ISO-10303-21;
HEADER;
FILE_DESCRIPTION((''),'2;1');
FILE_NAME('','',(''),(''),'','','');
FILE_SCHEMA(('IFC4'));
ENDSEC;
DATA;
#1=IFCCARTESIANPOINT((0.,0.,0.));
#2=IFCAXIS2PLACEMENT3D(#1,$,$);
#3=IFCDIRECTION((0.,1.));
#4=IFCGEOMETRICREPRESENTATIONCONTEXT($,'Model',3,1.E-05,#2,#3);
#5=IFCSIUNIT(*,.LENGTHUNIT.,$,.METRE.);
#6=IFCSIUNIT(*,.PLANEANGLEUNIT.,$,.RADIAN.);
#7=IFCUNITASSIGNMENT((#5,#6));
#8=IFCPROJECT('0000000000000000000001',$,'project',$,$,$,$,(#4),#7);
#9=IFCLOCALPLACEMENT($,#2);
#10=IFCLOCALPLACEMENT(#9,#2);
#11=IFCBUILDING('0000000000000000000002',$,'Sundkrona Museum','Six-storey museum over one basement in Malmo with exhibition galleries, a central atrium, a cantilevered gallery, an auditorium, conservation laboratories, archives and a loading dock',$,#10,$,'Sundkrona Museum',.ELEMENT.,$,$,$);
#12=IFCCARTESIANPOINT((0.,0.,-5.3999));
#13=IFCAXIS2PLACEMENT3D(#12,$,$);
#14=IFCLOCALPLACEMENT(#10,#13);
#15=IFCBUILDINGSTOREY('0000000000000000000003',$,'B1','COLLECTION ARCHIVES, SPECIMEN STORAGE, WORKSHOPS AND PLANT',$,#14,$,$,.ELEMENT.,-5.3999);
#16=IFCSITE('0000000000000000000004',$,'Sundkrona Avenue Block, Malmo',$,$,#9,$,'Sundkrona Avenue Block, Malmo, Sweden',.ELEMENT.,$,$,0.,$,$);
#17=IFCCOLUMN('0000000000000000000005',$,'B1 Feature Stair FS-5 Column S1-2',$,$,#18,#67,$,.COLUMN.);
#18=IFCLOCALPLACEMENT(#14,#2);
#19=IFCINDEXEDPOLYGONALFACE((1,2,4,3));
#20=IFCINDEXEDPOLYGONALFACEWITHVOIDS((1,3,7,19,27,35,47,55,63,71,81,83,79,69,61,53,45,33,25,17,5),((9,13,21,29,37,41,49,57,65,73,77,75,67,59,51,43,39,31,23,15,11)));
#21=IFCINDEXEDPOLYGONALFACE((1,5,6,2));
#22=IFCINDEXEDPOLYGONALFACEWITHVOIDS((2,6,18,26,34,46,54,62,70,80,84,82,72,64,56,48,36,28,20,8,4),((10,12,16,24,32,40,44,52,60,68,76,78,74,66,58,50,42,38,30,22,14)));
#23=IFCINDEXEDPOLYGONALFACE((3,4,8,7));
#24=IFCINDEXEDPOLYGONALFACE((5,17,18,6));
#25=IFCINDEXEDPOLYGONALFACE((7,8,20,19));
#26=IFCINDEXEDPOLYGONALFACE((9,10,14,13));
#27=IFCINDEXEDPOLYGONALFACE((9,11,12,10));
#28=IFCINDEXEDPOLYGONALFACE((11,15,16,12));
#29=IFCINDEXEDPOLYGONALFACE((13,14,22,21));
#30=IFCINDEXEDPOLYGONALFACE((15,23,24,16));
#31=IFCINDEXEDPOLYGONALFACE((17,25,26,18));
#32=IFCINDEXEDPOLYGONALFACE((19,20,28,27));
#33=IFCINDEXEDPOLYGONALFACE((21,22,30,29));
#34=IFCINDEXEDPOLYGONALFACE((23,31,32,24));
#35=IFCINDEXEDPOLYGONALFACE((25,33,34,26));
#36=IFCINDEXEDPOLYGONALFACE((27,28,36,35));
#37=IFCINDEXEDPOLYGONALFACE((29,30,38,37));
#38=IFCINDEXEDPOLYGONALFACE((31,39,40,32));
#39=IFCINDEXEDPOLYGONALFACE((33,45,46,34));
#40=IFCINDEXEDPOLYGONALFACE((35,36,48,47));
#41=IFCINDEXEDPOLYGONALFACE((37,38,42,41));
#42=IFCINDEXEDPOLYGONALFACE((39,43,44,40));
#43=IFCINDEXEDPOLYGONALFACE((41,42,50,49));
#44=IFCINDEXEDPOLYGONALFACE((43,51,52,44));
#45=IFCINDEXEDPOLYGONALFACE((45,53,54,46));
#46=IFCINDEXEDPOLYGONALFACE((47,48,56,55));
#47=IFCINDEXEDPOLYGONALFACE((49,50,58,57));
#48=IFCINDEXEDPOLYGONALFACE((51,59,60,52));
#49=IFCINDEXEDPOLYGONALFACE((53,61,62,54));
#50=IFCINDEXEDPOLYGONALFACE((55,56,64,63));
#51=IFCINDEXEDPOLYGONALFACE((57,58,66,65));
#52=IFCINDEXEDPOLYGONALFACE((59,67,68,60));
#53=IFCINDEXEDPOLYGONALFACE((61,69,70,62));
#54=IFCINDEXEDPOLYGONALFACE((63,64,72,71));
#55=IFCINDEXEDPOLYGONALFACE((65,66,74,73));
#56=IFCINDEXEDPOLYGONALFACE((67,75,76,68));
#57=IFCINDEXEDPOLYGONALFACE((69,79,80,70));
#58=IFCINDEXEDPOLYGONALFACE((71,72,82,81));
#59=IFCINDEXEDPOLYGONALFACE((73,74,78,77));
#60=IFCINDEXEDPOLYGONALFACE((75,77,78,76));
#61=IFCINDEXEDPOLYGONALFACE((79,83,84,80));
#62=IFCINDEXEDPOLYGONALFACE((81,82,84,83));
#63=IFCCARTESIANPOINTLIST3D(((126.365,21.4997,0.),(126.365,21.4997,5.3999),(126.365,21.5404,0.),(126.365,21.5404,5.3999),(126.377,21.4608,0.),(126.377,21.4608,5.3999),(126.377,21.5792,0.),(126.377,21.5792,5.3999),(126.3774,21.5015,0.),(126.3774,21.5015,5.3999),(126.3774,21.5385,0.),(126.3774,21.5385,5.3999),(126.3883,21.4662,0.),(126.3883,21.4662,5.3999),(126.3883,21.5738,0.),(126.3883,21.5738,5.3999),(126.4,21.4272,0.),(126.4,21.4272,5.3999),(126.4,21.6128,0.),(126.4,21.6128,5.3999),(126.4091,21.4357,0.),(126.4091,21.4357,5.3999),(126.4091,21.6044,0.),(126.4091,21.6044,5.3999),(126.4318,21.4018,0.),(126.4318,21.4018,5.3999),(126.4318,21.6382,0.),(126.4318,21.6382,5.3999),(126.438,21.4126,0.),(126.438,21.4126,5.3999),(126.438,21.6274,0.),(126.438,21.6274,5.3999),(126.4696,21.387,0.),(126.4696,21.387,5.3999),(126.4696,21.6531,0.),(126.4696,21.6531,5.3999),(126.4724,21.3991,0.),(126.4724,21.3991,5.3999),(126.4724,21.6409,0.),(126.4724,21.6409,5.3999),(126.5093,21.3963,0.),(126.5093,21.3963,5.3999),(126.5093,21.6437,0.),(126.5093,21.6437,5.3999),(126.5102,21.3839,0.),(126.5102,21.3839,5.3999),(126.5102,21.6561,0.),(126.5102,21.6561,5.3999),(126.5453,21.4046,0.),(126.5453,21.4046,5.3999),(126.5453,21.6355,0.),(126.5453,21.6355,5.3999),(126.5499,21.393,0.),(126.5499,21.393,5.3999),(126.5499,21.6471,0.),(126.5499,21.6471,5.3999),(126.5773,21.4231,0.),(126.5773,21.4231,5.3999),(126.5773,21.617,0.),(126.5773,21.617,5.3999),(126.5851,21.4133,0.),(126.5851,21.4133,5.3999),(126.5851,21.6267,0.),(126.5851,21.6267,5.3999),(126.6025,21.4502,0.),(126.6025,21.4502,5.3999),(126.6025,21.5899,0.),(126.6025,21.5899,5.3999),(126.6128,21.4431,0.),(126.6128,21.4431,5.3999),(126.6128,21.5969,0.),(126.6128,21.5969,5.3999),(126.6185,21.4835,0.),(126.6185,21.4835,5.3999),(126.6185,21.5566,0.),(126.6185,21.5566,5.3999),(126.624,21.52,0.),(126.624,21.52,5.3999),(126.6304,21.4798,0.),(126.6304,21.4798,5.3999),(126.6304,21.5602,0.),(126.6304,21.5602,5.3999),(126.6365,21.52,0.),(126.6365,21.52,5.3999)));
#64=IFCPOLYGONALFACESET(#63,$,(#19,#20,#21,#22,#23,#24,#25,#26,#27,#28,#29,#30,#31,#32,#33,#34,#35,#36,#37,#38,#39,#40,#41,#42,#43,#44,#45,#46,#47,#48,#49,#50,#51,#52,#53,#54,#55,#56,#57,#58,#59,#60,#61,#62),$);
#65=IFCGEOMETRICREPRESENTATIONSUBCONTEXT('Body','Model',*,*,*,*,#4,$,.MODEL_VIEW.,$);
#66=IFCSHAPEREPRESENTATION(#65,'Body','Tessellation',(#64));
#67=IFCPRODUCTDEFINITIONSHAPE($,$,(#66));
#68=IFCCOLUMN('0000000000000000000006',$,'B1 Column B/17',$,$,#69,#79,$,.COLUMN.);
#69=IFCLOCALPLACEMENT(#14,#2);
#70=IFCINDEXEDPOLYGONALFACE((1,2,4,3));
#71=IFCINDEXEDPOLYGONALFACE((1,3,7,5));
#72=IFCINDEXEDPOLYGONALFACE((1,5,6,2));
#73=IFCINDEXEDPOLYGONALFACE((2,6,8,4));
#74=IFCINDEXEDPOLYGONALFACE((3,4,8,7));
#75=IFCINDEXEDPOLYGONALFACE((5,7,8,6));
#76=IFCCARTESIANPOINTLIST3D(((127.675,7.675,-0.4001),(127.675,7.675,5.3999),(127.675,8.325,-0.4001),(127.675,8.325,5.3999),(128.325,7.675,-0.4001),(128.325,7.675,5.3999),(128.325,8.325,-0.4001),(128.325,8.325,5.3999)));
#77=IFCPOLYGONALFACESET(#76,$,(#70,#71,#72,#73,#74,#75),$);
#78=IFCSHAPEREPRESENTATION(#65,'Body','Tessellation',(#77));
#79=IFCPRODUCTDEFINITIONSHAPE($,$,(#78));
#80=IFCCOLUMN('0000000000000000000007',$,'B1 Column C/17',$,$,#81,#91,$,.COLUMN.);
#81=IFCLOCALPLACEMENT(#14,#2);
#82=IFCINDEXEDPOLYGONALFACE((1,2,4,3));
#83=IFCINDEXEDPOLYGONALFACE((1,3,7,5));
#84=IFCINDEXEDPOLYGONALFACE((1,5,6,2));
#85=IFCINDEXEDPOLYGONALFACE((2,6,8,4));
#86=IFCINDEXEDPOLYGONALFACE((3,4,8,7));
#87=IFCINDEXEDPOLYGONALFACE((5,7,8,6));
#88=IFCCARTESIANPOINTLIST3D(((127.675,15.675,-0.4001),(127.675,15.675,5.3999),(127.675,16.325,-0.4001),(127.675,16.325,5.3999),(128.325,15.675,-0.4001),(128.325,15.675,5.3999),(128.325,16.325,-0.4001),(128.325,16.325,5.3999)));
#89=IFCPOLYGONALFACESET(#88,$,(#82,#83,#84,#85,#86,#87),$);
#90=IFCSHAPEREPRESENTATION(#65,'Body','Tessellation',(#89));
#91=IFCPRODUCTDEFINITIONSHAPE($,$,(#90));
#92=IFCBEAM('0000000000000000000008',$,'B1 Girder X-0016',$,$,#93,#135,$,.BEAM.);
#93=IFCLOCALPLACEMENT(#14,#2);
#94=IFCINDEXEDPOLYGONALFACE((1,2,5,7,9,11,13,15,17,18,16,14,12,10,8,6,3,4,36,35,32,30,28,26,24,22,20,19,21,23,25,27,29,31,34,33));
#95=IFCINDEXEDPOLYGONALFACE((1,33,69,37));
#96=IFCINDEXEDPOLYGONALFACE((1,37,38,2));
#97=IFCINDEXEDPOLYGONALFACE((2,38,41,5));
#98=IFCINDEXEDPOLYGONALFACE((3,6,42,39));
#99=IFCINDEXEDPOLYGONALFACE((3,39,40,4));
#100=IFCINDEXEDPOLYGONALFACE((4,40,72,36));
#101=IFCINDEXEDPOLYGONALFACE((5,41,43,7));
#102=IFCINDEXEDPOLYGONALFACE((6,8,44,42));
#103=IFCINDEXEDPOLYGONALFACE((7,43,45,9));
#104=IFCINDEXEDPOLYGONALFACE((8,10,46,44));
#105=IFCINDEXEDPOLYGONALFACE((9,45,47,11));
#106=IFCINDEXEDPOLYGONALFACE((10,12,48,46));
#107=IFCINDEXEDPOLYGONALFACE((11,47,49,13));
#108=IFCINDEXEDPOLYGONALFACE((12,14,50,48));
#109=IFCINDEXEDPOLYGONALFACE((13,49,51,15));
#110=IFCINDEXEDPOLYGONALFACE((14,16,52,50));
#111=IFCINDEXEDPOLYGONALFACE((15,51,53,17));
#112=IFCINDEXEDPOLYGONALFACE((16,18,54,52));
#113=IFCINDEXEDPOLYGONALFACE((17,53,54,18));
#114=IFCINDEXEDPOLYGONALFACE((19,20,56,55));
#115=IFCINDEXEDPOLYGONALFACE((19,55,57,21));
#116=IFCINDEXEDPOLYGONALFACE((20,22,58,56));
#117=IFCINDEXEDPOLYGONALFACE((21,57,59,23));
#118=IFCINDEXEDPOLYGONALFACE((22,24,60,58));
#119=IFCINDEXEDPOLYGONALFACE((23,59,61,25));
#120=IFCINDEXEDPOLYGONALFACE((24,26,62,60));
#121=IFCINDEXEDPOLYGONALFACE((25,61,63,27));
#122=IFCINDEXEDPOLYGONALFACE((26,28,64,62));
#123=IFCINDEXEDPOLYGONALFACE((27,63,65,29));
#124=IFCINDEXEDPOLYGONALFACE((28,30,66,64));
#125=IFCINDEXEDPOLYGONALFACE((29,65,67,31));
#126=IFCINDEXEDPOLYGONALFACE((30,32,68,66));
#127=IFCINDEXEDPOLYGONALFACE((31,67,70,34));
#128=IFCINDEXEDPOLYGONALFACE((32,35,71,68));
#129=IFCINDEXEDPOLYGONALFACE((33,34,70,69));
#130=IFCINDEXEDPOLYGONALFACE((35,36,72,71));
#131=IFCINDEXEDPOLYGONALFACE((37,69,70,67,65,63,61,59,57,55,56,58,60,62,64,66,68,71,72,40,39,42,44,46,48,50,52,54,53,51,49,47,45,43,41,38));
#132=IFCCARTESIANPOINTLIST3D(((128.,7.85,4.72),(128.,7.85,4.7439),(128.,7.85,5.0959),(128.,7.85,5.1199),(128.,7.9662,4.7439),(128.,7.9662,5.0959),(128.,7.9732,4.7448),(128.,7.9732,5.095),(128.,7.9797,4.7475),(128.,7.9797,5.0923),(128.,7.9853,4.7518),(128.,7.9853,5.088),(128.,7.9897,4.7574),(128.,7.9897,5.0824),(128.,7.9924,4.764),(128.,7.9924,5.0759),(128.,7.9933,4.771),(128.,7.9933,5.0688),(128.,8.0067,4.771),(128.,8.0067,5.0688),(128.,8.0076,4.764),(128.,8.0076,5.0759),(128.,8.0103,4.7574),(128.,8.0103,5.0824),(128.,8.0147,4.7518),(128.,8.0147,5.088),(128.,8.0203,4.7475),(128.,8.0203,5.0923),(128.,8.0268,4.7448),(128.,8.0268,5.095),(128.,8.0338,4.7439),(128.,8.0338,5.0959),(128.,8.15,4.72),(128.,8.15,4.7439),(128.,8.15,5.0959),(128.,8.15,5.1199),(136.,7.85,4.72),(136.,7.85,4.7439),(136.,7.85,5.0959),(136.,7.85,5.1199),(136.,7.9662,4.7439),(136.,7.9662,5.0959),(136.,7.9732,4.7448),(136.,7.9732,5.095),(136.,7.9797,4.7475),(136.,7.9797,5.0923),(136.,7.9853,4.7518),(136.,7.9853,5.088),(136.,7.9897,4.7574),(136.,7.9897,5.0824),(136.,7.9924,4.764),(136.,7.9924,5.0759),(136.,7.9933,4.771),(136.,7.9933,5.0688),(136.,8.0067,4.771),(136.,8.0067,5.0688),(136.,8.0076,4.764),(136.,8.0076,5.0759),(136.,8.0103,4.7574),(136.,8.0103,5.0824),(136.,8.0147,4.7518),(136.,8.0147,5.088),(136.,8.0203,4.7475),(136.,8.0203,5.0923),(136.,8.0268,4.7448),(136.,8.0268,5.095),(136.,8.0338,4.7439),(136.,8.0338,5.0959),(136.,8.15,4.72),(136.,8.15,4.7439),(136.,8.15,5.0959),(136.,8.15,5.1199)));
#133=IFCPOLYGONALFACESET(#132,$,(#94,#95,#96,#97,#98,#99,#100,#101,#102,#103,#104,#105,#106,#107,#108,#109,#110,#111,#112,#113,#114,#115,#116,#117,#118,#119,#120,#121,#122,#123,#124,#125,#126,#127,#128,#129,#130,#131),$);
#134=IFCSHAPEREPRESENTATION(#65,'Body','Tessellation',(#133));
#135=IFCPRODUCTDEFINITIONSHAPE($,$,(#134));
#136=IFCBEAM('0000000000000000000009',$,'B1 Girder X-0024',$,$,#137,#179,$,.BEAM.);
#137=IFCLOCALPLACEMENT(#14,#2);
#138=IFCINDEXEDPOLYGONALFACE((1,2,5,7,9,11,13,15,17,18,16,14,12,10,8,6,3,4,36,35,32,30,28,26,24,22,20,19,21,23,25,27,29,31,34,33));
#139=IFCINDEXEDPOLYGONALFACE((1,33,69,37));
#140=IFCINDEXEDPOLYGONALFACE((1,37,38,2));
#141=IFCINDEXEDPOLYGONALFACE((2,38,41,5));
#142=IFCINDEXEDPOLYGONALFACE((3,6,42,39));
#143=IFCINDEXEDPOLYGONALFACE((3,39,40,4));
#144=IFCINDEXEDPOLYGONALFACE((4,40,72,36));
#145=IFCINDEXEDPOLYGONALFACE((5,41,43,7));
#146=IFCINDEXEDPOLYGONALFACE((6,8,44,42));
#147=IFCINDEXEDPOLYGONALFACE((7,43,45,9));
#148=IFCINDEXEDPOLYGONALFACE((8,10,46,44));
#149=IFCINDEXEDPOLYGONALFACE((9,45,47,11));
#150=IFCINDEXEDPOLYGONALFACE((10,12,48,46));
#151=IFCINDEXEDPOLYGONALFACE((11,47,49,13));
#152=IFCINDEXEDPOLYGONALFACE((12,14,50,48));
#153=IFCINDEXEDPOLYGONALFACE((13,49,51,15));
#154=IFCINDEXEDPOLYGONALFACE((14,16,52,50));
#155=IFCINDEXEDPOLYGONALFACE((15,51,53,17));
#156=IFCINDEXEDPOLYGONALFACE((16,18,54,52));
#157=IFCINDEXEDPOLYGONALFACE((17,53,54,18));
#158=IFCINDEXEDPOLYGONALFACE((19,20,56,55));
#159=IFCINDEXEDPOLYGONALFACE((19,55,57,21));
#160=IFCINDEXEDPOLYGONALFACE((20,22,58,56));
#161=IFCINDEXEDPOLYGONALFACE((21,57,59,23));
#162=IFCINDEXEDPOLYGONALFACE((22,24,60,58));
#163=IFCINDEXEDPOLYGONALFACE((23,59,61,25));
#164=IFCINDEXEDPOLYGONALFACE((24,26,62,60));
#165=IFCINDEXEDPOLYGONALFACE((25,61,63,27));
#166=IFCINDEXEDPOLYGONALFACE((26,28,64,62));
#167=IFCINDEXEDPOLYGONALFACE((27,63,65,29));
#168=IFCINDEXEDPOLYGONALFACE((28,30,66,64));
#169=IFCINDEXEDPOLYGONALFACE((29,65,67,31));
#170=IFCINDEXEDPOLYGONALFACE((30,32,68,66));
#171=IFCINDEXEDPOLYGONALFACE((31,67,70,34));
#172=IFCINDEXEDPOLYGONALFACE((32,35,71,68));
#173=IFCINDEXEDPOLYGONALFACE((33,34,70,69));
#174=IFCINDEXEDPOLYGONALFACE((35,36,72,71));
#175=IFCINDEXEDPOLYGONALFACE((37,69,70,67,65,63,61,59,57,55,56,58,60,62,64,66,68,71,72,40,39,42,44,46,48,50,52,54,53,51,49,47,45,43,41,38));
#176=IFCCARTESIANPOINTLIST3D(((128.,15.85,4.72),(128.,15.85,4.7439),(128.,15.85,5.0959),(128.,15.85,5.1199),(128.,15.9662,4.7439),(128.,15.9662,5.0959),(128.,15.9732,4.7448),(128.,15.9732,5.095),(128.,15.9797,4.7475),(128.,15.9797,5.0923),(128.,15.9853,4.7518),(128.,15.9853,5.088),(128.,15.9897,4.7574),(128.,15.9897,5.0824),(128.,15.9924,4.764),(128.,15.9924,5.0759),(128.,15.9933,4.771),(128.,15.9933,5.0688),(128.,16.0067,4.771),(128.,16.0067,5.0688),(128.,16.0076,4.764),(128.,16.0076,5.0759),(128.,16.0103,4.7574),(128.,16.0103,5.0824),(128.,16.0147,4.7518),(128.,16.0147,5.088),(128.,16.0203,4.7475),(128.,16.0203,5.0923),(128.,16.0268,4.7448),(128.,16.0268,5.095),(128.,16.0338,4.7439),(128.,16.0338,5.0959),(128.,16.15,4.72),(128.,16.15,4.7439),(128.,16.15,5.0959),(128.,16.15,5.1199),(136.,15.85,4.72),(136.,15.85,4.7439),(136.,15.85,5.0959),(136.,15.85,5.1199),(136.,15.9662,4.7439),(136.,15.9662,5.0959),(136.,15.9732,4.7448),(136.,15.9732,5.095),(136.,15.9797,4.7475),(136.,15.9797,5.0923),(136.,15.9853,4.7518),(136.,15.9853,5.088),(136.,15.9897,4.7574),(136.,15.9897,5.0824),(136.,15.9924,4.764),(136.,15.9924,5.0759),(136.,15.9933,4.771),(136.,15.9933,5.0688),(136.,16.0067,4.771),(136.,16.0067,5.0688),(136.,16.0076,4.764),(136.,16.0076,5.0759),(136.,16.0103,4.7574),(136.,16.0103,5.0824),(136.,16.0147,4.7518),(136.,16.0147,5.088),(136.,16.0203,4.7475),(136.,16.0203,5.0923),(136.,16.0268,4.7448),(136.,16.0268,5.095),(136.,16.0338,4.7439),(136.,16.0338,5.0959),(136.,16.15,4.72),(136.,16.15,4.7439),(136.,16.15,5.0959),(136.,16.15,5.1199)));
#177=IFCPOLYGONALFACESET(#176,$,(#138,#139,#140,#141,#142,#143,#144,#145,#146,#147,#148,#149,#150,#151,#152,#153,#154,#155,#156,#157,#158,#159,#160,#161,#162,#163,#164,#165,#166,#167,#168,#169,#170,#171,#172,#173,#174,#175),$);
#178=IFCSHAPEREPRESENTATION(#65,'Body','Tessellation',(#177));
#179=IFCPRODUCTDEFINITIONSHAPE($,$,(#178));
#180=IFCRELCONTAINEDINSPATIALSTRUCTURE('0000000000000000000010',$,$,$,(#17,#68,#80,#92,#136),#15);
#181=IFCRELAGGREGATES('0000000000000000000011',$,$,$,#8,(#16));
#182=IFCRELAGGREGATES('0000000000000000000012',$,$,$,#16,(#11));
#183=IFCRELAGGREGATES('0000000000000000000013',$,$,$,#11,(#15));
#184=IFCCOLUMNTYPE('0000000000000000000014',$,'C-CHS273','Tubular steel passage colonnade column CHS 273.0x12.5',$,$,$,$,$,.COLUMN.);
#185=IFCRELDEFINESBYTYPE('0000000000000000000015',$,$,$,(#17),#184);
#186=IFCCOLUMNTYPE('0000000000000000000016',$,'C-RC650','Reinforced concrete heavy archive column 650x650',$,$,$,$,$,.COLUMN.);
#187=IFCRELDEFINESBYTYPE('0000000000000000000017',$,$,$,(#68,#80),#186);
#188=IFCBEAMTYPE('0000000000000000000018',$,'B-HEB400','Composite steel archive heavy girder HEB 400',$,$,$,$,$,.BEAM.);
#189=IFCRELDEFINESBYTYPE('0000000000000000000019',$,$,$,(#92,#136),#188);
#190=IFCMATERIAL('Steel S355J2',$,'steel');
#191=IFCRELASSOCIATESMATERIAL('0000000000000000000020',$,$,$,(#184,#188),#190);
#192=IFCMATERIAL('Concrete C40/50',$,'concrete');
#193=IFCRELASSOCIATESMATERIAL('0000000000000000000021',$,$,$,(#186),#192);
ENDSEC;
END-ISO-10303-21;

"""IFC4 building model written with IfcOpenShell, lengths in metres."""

from ifc_helpers import new_model, si_unit, direction, frame, origin, origin_2d, place, context, subcontext, project, spatial, rectangle, hollow_circle, i_section, extrude, material, material_profile, profile_set, type_object, element, save


model = new_model("IFC4")

# Units and contexts
model_context = context("Model", 3, precision=1e-05, world=origin(), true_north=direction((0.0, 1.0)))
body_context = subcontext(model_context, "Body", "Model", "MODEL_VIEW")
ifc_project = project(units=[si_unit("LENGTHUNIT", "METRE"), si_unit("PLANEANGLEUNIT", "RADIAN")], contexts=[model_context])

# Site, building, storey
site_placement = place(None, origin())
site = spatial("IfcSite", under=ifc_project, at=site_placement, Name="Sundkrona Avenue Block, Malmo", LongName="Sundkrona Avenue Block, Malmo, Sweden", CompositionType="ELEMENT", RefElevation=0.0)
building_placement = place(site_placement, origin())
building = spatial("IfcBuilding", under=site, at=building_placement, Name="Sundkrona Museum", Description="Six-storey museum over one basement in Malmo with exhibition galleries, a central atrium, a cantilevered gallery, an auditorium, conservation laboratories, archives and a loading dock", LongName="Sundkrona Museum", CompositionType="ELEMENT")
storey_placement = place(building_placement, frame((0.0, 0.0, -5.3999)))
storey = spatial("IfcBuildingStorey", under=building, at=storey_placement, Name="B1", Description="COLLECTION ARCHIVES, SPECIMEN STORAGE, WORKSHOPS AND PLANT", CompositionType="ELEMENT", Elevation=-5.3999)

# Shared definitions
ifc_material_1 = material(Name="Concrete C40/50", Category="concrete")

# Columns
ifc_material_2 = material(Name="Steel S355J2", Category="steel")
ifc_material_profile_1 = material_profile(ifc_material_2, hollow_circle(Radius=0.1365, WallThickness=0.0125, at=origin_2d()), Name="CHS 273.0x12.5")
ifc_profile_set_1 = profile_set([ifc_material_profile_1], Name="Steel S355J2")
column_type_1 = type_object("IfcColumnType", Name="C-CHS273", Description="Tubular steel passage colonnade column CHS 273.0x12.5", PredefinedType="COLUMN", material=ifc_profile_set_1)
for number, where, z_axis, x_axis, name in (
    (1, (126.5, 21.52, 0.0), (0.0, 0.0, 1.0), (1.0, 0.0, 0.0), "B1 Feature Stair FS-5 Column S1-2"),
):
    element("IfcColumn", number, at=place(storey_placement, frame(where, z_axis=z_axis, x_axis=x_axis)), inside=storey, type_object=column_type_1, Name=name, PredefinedType="COLUMN", context=body_context, shape_type="SweptSolid", body=[
        extrude(hollow_circle(Radius=0.1365, WallThickness=0.0125, at=origin_2d()), origin(), (0.0, 0.0, 1.0), 5.3999),
    ])
ifc_material_profile_2 = material_profile(ifc_material_1, rectangle(XDim=0.6499, YDim=0.6499, at=origin_2d()), Name="RC 650x650")
ifc_profile_set_2 = profile_set([ifc_material_profile_2], Name="Concrete C40/50")
column_type_2 = type_object("IfcColumnType", Name="C-RC650", Description="Reinforced concrete heavy archive column 650x650", PredefinedType="COLUMN", material=ifc_profile_set_2)
for number, where, z_axis, x_axis, name in (
    (2, (128.0, 8.0, -0.4001), (0.0, 0.0, 1.0), (1.0, 0.0, 0.0), "B1 Column B/17"),
    (3, (128.0, 16.0, -0.4001), (0.0, 0.0, 1.0), (1.0, 0.0, 0.0), "B1 Column C/17"),
):
    element("IfcColumn", number, at=place(storey_placement, frame(where, z_axis=z_axis, x_axis=x_axis)), inside=storey, type_object=column_type_2, Name=name, PredefinedType="COLUMN", context=body_context, shape_type="SweptSolid", body=[
        extrude(rectangle(XDim=0.6499, YDim=0.6499, at=origin_2d()), origin(), (0.0, 0.0, 1.0), 5.8),
    ])

# Beams
ifc_material_profile_3 = material_profile(ifc_material_2, i_section(OverallWidth=0.3, OverallDepth=0.3999, WebThickness=0.0134, FlangeThickness=0.0239, FilletRadius=0.0271, at=origin_2d()), Name="HEB 400")
ifc_profile_set_3 = profile_set([ifc_material_profile_3], Name="Steel S355J2")
beam_type_1 = type_object("IfcBeamType", Name="B-HEB400", Description="Composite steel archive heavy girder HEB 400", PredefinedType="BEAM", material=ifc_profile_set_3)
for number, where, z_axis, x_axis, name in (
    (4, (128.0, 8.0, 4.9199), (1.0, 0.0, 0.0), (0.0, 1.0, 0.0), "B1 Girder X-0016"),
    (5, (128.0, 16.0, 4.9199), (1.0, 0.0, 0.0), (0.0, 1.0, 0.0), "B1 Girder X-0024"),
):
    element("IfcBeam", number, at=place(storey_placement, frame(where, z_axis=z_axis, x_axis=x_axis)), inside=storey, type_object=beam_type_1, Name=name, PredefinedType="BEAM", context=body_context, shape_type="SweptSolid", body=[
        extrude(i_section(OverallWidth=0.3, OverallDepth=0.3999, WebThickness=0.0134, FlangeThickness=0.0239, FilletRadius=0.0271, at=origin_2d()), origin(), (0.0, 0.0, 1.0), 8.0),
    ])

save(model, "model.ifc")
